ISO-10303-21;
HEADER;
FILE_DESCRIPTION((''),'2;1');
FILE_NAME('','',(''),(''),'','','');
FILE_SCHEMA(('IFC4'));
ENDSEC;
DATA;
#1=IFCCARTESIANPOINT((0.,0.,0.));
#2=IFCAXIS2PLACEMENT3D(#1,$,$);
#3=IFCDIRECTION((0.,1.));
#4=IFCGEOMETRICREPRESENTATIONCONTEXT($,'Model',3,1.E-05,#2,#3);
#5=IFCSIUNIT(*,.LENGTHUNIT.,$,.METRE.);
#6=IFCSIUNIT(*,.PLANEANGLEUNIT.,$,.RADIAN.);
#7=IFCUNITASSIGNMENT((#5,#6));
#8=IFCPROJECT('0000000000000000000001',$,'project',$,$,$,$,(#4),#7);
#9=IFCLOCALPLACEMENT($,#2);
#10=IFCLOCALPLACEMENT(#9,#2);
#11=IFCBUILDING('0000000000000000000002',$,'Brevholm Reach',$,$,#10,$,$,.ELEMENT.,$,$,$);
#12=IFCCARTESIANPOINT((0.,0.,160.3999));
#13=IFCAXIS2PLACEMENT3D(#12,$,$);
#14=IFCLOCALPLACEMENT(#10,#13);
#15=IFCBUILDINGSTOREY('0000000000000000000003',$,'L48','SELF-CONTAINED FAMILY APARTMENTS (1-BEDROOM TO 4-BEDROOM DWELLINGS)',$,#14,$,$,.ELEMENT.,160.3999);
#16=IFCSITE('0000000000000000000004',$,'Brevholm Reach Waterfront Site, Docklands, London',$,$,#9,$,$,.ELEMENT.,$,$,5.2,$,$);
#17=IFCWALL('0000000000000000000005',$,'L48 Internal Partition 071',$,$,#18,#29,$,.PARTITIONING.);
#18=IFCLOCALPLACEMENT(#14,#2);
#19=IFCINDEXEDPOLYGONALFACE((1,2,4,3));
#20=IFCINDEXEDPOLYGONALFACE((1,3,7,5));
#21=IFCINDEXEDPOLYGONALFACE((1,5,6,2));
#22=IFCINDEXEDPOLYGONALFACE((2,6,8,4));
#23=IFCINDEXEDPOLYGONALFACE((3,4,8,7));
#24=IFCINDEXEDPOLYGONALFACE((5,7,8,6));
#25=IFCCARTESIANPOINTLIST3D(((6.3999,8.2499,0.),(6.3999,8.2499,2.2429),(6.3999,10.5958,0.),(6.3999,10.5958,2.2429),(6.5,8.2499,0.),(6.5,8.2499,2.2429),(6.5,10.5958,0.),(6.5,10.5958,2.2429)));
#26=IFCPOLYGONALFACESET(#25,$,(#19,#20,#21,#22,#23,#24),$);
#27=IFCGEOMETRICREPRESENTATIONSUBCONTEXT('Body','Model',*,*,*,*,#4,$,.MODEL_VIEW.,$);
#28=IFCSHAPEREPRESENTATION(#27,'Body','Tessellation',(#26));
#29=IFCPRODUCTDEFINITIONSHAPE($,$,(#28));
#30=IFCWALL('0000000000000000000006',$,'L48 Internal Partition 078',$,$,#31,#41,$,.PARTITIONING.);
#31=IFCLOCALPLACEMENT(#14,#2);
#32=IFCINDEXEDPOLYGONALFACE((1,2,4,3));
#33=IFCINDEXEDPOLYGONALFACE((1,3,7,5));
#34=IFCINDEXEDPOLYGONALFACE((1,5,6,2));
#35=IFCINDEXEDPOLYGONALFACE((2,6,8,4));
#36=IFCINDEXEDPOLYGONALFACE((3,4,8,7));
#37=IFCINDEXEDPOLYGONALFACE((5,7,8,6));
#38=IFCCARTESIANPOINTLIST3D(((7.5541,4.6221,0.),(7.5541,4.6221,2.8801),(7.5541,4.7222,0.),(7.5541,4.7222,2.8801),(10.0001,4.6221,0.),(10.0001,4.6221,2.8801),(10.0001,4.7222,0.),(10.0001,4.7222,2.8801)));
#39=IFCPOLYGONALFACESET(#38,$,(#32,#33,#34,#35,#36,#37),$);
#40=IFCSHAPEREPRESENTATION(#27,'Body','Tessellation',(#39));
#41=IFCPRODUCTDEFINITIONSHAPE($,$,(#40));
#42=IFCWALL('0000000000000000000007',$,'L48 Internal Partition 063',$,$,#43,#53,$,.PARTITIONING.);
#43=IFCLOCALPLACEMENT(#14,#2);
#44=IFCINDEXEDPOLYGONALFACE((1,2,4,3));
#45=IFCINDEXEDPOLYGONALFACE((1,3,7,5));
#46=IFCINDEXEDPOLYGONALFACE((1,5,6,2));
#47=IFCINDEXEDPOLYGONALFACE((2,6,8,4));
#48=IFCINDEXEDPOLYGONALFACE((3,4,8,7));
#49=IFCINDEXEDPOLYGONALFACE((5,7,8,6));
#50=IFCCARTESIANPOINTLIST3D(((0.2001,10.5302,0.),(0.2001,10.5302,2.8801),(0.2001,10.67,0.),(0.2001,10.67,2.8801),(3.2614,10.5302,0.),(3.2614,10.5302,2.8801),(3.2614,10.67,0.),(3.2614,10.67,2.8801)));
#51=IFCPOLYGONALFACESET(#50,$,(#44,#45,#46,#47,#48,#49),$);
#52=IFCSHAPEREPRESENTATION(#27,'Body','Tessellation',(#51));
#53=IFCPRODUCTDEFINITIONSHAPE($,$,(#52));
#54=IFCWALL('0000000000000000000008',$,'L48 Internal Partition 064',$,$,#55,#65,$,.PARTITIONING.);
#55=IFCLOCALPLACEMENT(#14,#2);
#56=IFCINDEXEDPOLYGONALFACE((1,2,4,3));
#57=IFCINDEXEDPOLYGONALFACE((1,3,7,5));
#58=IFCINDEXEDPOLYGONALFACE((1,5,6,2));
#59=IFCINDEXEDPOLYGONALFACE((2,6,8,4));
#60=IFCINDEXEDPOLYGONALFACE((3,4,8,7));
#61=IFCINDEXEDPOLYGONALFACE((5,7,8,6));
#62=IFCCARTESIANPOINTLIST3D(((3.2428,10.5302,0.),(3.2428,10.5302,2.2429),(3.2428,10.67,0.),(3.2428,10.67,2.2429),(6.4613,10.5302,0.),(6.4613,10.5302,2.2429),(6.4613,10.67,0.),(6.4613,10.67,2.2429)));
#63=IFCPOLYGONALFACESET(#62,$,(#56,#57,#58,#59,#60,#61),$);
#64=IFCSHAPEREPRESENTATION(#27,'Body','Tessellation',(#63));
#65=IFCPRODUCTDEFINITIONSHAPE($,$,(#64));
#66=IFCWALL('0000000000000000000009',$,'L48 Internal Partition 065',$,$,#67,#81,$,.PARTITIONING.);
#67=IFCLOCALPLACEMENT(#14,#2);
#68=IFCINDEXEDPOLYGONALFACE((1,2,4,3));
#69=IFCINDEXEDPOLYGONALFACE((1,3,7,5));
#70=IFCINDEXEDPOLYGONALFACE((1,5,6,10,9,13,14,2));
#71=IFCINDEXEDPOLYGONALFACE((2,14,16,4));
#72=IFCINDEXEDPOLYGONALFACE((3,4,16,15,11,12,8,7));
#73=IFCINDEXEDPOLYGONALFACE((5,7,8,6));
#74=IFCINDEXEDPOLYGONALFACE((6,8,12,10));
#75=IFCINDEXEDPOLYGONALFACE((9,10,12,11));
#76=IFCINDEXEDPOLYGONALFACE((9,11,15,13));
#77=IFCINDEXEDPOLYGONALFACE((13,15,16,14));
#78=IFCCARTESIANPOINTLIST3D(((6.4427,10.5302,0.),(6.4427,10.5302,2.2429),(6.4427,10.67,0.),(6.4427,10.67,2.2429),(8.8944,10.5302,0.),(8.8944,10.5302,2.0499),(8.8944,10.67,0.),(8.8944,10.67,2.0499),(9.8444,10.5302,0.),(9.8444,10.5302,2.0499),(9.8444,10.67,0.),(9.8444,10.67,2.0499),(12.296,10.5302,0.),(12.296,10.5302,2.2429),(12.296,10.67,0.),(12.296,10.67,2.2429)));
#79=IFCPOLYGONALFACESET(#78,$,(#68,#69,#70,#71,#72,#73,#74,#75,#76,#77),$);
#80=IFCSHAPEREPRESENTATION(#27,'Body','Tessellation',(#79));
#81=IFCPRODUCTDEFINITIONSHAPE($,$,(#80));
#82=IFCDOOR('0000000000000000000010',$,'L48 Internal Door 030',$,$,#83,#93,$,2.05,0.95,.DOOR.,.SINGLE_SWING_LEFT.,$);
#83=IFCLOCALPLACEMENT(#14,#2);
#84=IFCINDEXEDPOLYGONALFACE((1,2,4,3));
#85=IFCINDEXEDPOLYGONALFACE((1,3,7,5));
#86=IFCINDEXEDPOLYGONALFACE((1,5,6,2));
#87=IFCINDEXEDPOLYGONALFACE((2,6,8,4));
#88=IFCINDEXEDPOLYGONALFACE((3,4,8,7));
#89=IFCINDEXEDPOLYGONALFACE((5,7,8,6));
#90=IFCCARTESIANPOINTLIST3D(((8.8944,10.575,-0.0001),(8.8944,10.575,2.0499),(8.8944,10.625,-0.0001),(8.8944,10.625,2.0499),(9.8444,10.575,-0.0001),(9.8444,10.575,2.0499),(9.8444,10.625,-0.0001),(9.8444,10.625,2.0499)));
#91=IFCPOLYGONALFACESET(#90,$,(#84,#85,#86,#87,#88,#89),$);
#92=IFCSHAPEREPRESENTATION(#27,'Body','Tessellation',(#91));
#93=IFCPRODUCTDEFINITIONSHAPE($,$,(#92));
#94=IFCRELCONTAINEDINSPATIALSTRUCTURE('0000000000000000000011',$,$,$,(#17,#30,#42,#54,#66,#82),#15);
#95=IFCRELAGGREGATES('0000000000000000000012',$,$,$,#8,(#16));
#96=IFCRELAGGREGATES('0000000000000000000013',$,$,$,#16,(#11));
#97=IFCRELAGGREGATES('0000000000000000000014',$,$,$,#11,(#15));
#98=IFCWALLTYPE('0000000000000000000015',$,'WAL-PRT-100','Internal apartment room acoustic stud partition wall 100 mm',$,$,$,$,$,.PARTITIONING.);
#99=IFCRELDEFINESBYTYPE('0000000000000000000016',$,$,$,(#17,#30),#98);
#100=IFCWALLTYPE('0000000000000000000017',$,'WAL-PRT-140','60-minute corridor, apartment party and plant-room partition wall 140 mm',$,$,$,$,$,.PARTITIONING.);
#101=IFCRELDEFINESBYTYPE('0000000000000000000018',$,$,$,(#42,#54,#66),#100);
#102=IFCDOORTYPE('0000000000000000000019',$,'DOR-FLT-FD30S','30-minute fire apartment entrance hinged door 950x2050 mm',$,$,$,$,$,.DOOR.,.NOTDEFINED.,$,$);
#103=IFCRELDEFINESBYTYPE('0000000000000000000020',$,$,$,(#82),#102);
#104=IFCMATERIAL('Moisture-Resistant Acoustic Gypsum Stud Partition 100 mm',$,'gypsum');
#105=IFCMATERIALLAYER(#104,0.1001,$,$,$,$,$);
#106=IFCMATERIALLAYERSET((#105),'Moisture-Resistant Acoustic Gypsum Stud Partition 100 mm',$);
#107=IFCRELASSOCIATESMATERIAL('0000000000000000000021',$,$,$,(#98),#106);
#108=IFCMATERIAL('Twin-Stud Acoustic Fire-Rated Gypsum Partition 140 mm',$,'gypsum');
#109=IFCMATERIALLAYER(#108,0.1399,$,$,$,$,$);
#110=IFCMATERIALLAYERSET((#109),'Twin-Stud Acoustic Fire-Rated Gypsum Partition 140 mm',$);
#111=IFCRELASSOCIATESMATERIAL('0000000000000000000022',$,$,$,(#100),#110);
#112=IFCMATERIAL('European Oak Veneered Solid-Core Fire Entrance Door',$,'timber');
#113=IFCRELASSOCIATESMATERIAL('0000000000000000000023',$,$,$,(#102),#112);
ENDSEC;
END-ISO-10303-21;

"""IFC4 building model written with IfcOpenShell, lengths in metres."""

from ifc_helpers import new_model, si_unit, direction, frame, frame_2d, origin, place, context, subcontext, project, spatial, rectangle, extrude, material, layer, layer_set, type_object, element, fill, save


model = new_model("IFC4")

# Units and contexts
model_context = context("Model", 3, precision=1e-05, world=origin(), true_north=direction((0.0, 1.0)))
body_context = subcontext(model_context, "Body", "Model", "MODEL_VIEW")
ifc_project = project(units=[si_unit("LENGTHUNIT", "METRE"), si_unit("PLANEANGLEUNIT", "RADIAN")], contexts=[model_context])

# Site, building, storey
site_placement = place(None, origin())
site = spatial("IfcSite", under=ifc_project, at=site_placement, Name="Brevholm Reach Waterfront Site, Docklands, London", CompositionType="ELEMENT", RefElevation=5.2)
building_placement = place(site_placement, origin())
building = spatial("IfcBuilding", under=site, at=building_placement, Name="Brevholm Reach", CompositionType="ELEMENT")
storey_placement = place(building_placement, frame((0.0, 0.0, 160.3999)))
storey = spatial("IfcBuildingStorey", under=building, at=storey_placement, Name="L48", Description="SELF-CONTAINED FAMILY APARTMENTS (1-BEDROOM TO 4-BEDROOM DWELLINGS)", CompositionType="ELEMENT", Elevation=160.3999)

# Shared definitions
ifc_material_1 = material(Name="Moisture-Resistant Acoustic Gypsum Stud Partition 100 mm", Category="gypsum")
ifc_layer_1 = layer(ifc_material_1, 0.1001)
ifc_layer_set_1 = layer_set([ifc_layer_1], Name="Moisture-Resistant Acoustic Gypsum Stud Partition 100 mm")
wall_type_1 = type_object("IfcWallType", Name="WAL-PRT-100", Description="Internal apartment room acoustic stud partition wall 100 mm", PredefinedType="PARTITIONING", material=ifc_layer_set_1)

# Walls
wall_1_placement = place(storey_placement, frame((6.45, 8.25, 0.0), z_axis=(0.0, 0.0, 1.0), x_axis=(0.0, 1.0, 0.0)))
element("IfcWall", 1, at=wall_1_placement, inside=storey, type_object=wall_type_1, Name="L48 Internal Partition 071", PredefinedType="PARTITIONING", context=body_context, shape_type="SweptSolid", body=[
    extrude(rectangle(XDim=2.3459, YDim=0.1001, at=frame_2d((1.1729, 0.0))), origin(), (0.0, 0.0, 1.0), 2.2429),
])
wall_2_placement = place(storey_placement, frame((7.554, 4.6721, 0.0), z_axis=(0.0, 0.0, 1.0), x_axis=(1.0, 0.0, 0.0)))
element("IfcWall", 2, at=wall_2_placement, inside=storey, type_object=wall_type_1, Name="L48 Internal Partition 078", PredefinedType="PARTITIONING", context=body_context, shape_type="SweptSolid", body=[
    extrude(rectangle(XDim=2.446, YDim=0.1001, at=frame_2d((1.2231, 0.0))), origin(), (0.0, 0.0, 1.0), 2.8801),
])
ifc_material_2 = material(Name="Twin-Stud Acoustic Fire-Rated Gypsum Partition 140 mm", Category="gypsum")
ifc_layer_2 = layer(ifc_material_2, 0.1399)
ifc_layer_set_2 = layer_set([ifc_layer_2], Name="Twin-Stud Acoustic Fire-Rated Gypsum Partition 140 mm")
wall_type_2 = type_object("IfcWallType", Name="WAL-PRT-140", Description="60-minute corridor, apartment party and plant-room partition wall 140 mm", PredefinedType="PARTITIONING", material=ifc_layer_set_2)
wall_3_placement = place(storey_placement, frame((0.2, 10.6001, 0.0), z_axis=(0.0, 0.0, 1.0), x_axis=(1.0, 0.0, 0.0)))
element("IfcWall", 3, at=wall_3_placement, inside=storey, type_object=wall_type_2, Name="L48 Internal Partition 063", PredefinedType="PARTITIONING", context=body_context, shape_type="SweptSolid", body=[
    extrude(rectangle(XDim=3.0613, YDim=0.1399, at=frame_2d((1.5308, 0.0))), origin(), (0.0, 0.0, 1.0), 2.8801),
])
wall_4_placement = place(storey_placement, frame((3.2427, 10.6001, 0.0), z_axis=(0.0, 0.0, 1.0), x_axis=(1.0, 0.0, 0.0)))
element("IfcWall", 4, at=wall_4_placement, inside=storey, type_object=wall_type_2, Name="L48 Internal Partition 064", PredefinedType="PARTITIONING", context=body_context, shape_type="SweptSolid", body=[
    extrude(rectangle(XDim=3.2185, YDim=0.1399, at=frame_2d((1.6094, 0.0))), origin(), (0.0, 0.0, 1.0), 2.2429),
])

# Wall, opening, door
wall_5_placement = place(storey_placement, frame((6.4426, 10.6001, 0.0), z_axis=(0.0, 0.0, 1.0), x_axis=(1.0, 0.0, 0.0)))
wall_5 = element("IfcWall", 5, at=wall_5_placement, inside=storey, type_object=wall_type_2, Name="L48 Internal Partition 065", PredefinedType="PARTITIONING", context=body_context, shape_type="SweptSolid", body=[
    extrude(rectangle(XDim=5.8533, YDim=0.1399, at=frame_2d((2.9268, 0.0))), origin(), (0.0, 0.0, 1.0), 2.2429),
])
opening_1_placement = place(wall_5_placement, frame((2.4517, 0.0, 0.0)))
opening_1 = element("IfcOpeningElement", 6, at=opening_1_placement, cuts=wall_5, PredefinedType="OPENING", context=body_context, shape_type="SweptSolid", body=[
    extrude(rectangle(XDim=0.95, YDim=2.05, at=frame_2d((0.4751, 1.0249))), frame((0.0, 0.0798, 0.0), z_axis=(0.0, -1.0, 0.0), x_axis=(1.0, 0.0, 0.0)), (0.0, 0.0, 1.0), 0.1599),
])
ifc_material_3 = material(Name="European Oak Veneered Solid-Core Fire Entrance Door", Category="timber")
door_type_1 = type_object("IfcDoorType", Name="DOR-FLT-FD30S", Description="30-minute fire apartment entrance hinged door 950x2050 mm", OperationType="NOTDEFINED", PredefinedType="DOOR", material=ifc_material_3)
door_1_placement = place(opening_1_placement, origin())
door_1 = element("IfcDoor", 7, at=door_1_placement, inside=storey, type_object=door_type_1, Name="L48 Internal Door 030", OperationType="SINGLE_SWING_LEFT", OverallHeight=2.05, OverallWidth=0.95, PredefinedType="DOOR", context=body_context, shape_type="SweptSolid", body=[
    extrude(rectangle(XDim=0.95, YDim=2.05, at=frame_2d((0.4751, 1.0249))), frame((0.0, 0.0249, 0.0), z_axis=(0.0, -1.0, 0.0), x_axis=(1.0, 0.0, 0.0)), (0.0, 0.0, 1.0), 0.05),
])
fill(opening_1, door_1)

save(model, "model.ifc")
